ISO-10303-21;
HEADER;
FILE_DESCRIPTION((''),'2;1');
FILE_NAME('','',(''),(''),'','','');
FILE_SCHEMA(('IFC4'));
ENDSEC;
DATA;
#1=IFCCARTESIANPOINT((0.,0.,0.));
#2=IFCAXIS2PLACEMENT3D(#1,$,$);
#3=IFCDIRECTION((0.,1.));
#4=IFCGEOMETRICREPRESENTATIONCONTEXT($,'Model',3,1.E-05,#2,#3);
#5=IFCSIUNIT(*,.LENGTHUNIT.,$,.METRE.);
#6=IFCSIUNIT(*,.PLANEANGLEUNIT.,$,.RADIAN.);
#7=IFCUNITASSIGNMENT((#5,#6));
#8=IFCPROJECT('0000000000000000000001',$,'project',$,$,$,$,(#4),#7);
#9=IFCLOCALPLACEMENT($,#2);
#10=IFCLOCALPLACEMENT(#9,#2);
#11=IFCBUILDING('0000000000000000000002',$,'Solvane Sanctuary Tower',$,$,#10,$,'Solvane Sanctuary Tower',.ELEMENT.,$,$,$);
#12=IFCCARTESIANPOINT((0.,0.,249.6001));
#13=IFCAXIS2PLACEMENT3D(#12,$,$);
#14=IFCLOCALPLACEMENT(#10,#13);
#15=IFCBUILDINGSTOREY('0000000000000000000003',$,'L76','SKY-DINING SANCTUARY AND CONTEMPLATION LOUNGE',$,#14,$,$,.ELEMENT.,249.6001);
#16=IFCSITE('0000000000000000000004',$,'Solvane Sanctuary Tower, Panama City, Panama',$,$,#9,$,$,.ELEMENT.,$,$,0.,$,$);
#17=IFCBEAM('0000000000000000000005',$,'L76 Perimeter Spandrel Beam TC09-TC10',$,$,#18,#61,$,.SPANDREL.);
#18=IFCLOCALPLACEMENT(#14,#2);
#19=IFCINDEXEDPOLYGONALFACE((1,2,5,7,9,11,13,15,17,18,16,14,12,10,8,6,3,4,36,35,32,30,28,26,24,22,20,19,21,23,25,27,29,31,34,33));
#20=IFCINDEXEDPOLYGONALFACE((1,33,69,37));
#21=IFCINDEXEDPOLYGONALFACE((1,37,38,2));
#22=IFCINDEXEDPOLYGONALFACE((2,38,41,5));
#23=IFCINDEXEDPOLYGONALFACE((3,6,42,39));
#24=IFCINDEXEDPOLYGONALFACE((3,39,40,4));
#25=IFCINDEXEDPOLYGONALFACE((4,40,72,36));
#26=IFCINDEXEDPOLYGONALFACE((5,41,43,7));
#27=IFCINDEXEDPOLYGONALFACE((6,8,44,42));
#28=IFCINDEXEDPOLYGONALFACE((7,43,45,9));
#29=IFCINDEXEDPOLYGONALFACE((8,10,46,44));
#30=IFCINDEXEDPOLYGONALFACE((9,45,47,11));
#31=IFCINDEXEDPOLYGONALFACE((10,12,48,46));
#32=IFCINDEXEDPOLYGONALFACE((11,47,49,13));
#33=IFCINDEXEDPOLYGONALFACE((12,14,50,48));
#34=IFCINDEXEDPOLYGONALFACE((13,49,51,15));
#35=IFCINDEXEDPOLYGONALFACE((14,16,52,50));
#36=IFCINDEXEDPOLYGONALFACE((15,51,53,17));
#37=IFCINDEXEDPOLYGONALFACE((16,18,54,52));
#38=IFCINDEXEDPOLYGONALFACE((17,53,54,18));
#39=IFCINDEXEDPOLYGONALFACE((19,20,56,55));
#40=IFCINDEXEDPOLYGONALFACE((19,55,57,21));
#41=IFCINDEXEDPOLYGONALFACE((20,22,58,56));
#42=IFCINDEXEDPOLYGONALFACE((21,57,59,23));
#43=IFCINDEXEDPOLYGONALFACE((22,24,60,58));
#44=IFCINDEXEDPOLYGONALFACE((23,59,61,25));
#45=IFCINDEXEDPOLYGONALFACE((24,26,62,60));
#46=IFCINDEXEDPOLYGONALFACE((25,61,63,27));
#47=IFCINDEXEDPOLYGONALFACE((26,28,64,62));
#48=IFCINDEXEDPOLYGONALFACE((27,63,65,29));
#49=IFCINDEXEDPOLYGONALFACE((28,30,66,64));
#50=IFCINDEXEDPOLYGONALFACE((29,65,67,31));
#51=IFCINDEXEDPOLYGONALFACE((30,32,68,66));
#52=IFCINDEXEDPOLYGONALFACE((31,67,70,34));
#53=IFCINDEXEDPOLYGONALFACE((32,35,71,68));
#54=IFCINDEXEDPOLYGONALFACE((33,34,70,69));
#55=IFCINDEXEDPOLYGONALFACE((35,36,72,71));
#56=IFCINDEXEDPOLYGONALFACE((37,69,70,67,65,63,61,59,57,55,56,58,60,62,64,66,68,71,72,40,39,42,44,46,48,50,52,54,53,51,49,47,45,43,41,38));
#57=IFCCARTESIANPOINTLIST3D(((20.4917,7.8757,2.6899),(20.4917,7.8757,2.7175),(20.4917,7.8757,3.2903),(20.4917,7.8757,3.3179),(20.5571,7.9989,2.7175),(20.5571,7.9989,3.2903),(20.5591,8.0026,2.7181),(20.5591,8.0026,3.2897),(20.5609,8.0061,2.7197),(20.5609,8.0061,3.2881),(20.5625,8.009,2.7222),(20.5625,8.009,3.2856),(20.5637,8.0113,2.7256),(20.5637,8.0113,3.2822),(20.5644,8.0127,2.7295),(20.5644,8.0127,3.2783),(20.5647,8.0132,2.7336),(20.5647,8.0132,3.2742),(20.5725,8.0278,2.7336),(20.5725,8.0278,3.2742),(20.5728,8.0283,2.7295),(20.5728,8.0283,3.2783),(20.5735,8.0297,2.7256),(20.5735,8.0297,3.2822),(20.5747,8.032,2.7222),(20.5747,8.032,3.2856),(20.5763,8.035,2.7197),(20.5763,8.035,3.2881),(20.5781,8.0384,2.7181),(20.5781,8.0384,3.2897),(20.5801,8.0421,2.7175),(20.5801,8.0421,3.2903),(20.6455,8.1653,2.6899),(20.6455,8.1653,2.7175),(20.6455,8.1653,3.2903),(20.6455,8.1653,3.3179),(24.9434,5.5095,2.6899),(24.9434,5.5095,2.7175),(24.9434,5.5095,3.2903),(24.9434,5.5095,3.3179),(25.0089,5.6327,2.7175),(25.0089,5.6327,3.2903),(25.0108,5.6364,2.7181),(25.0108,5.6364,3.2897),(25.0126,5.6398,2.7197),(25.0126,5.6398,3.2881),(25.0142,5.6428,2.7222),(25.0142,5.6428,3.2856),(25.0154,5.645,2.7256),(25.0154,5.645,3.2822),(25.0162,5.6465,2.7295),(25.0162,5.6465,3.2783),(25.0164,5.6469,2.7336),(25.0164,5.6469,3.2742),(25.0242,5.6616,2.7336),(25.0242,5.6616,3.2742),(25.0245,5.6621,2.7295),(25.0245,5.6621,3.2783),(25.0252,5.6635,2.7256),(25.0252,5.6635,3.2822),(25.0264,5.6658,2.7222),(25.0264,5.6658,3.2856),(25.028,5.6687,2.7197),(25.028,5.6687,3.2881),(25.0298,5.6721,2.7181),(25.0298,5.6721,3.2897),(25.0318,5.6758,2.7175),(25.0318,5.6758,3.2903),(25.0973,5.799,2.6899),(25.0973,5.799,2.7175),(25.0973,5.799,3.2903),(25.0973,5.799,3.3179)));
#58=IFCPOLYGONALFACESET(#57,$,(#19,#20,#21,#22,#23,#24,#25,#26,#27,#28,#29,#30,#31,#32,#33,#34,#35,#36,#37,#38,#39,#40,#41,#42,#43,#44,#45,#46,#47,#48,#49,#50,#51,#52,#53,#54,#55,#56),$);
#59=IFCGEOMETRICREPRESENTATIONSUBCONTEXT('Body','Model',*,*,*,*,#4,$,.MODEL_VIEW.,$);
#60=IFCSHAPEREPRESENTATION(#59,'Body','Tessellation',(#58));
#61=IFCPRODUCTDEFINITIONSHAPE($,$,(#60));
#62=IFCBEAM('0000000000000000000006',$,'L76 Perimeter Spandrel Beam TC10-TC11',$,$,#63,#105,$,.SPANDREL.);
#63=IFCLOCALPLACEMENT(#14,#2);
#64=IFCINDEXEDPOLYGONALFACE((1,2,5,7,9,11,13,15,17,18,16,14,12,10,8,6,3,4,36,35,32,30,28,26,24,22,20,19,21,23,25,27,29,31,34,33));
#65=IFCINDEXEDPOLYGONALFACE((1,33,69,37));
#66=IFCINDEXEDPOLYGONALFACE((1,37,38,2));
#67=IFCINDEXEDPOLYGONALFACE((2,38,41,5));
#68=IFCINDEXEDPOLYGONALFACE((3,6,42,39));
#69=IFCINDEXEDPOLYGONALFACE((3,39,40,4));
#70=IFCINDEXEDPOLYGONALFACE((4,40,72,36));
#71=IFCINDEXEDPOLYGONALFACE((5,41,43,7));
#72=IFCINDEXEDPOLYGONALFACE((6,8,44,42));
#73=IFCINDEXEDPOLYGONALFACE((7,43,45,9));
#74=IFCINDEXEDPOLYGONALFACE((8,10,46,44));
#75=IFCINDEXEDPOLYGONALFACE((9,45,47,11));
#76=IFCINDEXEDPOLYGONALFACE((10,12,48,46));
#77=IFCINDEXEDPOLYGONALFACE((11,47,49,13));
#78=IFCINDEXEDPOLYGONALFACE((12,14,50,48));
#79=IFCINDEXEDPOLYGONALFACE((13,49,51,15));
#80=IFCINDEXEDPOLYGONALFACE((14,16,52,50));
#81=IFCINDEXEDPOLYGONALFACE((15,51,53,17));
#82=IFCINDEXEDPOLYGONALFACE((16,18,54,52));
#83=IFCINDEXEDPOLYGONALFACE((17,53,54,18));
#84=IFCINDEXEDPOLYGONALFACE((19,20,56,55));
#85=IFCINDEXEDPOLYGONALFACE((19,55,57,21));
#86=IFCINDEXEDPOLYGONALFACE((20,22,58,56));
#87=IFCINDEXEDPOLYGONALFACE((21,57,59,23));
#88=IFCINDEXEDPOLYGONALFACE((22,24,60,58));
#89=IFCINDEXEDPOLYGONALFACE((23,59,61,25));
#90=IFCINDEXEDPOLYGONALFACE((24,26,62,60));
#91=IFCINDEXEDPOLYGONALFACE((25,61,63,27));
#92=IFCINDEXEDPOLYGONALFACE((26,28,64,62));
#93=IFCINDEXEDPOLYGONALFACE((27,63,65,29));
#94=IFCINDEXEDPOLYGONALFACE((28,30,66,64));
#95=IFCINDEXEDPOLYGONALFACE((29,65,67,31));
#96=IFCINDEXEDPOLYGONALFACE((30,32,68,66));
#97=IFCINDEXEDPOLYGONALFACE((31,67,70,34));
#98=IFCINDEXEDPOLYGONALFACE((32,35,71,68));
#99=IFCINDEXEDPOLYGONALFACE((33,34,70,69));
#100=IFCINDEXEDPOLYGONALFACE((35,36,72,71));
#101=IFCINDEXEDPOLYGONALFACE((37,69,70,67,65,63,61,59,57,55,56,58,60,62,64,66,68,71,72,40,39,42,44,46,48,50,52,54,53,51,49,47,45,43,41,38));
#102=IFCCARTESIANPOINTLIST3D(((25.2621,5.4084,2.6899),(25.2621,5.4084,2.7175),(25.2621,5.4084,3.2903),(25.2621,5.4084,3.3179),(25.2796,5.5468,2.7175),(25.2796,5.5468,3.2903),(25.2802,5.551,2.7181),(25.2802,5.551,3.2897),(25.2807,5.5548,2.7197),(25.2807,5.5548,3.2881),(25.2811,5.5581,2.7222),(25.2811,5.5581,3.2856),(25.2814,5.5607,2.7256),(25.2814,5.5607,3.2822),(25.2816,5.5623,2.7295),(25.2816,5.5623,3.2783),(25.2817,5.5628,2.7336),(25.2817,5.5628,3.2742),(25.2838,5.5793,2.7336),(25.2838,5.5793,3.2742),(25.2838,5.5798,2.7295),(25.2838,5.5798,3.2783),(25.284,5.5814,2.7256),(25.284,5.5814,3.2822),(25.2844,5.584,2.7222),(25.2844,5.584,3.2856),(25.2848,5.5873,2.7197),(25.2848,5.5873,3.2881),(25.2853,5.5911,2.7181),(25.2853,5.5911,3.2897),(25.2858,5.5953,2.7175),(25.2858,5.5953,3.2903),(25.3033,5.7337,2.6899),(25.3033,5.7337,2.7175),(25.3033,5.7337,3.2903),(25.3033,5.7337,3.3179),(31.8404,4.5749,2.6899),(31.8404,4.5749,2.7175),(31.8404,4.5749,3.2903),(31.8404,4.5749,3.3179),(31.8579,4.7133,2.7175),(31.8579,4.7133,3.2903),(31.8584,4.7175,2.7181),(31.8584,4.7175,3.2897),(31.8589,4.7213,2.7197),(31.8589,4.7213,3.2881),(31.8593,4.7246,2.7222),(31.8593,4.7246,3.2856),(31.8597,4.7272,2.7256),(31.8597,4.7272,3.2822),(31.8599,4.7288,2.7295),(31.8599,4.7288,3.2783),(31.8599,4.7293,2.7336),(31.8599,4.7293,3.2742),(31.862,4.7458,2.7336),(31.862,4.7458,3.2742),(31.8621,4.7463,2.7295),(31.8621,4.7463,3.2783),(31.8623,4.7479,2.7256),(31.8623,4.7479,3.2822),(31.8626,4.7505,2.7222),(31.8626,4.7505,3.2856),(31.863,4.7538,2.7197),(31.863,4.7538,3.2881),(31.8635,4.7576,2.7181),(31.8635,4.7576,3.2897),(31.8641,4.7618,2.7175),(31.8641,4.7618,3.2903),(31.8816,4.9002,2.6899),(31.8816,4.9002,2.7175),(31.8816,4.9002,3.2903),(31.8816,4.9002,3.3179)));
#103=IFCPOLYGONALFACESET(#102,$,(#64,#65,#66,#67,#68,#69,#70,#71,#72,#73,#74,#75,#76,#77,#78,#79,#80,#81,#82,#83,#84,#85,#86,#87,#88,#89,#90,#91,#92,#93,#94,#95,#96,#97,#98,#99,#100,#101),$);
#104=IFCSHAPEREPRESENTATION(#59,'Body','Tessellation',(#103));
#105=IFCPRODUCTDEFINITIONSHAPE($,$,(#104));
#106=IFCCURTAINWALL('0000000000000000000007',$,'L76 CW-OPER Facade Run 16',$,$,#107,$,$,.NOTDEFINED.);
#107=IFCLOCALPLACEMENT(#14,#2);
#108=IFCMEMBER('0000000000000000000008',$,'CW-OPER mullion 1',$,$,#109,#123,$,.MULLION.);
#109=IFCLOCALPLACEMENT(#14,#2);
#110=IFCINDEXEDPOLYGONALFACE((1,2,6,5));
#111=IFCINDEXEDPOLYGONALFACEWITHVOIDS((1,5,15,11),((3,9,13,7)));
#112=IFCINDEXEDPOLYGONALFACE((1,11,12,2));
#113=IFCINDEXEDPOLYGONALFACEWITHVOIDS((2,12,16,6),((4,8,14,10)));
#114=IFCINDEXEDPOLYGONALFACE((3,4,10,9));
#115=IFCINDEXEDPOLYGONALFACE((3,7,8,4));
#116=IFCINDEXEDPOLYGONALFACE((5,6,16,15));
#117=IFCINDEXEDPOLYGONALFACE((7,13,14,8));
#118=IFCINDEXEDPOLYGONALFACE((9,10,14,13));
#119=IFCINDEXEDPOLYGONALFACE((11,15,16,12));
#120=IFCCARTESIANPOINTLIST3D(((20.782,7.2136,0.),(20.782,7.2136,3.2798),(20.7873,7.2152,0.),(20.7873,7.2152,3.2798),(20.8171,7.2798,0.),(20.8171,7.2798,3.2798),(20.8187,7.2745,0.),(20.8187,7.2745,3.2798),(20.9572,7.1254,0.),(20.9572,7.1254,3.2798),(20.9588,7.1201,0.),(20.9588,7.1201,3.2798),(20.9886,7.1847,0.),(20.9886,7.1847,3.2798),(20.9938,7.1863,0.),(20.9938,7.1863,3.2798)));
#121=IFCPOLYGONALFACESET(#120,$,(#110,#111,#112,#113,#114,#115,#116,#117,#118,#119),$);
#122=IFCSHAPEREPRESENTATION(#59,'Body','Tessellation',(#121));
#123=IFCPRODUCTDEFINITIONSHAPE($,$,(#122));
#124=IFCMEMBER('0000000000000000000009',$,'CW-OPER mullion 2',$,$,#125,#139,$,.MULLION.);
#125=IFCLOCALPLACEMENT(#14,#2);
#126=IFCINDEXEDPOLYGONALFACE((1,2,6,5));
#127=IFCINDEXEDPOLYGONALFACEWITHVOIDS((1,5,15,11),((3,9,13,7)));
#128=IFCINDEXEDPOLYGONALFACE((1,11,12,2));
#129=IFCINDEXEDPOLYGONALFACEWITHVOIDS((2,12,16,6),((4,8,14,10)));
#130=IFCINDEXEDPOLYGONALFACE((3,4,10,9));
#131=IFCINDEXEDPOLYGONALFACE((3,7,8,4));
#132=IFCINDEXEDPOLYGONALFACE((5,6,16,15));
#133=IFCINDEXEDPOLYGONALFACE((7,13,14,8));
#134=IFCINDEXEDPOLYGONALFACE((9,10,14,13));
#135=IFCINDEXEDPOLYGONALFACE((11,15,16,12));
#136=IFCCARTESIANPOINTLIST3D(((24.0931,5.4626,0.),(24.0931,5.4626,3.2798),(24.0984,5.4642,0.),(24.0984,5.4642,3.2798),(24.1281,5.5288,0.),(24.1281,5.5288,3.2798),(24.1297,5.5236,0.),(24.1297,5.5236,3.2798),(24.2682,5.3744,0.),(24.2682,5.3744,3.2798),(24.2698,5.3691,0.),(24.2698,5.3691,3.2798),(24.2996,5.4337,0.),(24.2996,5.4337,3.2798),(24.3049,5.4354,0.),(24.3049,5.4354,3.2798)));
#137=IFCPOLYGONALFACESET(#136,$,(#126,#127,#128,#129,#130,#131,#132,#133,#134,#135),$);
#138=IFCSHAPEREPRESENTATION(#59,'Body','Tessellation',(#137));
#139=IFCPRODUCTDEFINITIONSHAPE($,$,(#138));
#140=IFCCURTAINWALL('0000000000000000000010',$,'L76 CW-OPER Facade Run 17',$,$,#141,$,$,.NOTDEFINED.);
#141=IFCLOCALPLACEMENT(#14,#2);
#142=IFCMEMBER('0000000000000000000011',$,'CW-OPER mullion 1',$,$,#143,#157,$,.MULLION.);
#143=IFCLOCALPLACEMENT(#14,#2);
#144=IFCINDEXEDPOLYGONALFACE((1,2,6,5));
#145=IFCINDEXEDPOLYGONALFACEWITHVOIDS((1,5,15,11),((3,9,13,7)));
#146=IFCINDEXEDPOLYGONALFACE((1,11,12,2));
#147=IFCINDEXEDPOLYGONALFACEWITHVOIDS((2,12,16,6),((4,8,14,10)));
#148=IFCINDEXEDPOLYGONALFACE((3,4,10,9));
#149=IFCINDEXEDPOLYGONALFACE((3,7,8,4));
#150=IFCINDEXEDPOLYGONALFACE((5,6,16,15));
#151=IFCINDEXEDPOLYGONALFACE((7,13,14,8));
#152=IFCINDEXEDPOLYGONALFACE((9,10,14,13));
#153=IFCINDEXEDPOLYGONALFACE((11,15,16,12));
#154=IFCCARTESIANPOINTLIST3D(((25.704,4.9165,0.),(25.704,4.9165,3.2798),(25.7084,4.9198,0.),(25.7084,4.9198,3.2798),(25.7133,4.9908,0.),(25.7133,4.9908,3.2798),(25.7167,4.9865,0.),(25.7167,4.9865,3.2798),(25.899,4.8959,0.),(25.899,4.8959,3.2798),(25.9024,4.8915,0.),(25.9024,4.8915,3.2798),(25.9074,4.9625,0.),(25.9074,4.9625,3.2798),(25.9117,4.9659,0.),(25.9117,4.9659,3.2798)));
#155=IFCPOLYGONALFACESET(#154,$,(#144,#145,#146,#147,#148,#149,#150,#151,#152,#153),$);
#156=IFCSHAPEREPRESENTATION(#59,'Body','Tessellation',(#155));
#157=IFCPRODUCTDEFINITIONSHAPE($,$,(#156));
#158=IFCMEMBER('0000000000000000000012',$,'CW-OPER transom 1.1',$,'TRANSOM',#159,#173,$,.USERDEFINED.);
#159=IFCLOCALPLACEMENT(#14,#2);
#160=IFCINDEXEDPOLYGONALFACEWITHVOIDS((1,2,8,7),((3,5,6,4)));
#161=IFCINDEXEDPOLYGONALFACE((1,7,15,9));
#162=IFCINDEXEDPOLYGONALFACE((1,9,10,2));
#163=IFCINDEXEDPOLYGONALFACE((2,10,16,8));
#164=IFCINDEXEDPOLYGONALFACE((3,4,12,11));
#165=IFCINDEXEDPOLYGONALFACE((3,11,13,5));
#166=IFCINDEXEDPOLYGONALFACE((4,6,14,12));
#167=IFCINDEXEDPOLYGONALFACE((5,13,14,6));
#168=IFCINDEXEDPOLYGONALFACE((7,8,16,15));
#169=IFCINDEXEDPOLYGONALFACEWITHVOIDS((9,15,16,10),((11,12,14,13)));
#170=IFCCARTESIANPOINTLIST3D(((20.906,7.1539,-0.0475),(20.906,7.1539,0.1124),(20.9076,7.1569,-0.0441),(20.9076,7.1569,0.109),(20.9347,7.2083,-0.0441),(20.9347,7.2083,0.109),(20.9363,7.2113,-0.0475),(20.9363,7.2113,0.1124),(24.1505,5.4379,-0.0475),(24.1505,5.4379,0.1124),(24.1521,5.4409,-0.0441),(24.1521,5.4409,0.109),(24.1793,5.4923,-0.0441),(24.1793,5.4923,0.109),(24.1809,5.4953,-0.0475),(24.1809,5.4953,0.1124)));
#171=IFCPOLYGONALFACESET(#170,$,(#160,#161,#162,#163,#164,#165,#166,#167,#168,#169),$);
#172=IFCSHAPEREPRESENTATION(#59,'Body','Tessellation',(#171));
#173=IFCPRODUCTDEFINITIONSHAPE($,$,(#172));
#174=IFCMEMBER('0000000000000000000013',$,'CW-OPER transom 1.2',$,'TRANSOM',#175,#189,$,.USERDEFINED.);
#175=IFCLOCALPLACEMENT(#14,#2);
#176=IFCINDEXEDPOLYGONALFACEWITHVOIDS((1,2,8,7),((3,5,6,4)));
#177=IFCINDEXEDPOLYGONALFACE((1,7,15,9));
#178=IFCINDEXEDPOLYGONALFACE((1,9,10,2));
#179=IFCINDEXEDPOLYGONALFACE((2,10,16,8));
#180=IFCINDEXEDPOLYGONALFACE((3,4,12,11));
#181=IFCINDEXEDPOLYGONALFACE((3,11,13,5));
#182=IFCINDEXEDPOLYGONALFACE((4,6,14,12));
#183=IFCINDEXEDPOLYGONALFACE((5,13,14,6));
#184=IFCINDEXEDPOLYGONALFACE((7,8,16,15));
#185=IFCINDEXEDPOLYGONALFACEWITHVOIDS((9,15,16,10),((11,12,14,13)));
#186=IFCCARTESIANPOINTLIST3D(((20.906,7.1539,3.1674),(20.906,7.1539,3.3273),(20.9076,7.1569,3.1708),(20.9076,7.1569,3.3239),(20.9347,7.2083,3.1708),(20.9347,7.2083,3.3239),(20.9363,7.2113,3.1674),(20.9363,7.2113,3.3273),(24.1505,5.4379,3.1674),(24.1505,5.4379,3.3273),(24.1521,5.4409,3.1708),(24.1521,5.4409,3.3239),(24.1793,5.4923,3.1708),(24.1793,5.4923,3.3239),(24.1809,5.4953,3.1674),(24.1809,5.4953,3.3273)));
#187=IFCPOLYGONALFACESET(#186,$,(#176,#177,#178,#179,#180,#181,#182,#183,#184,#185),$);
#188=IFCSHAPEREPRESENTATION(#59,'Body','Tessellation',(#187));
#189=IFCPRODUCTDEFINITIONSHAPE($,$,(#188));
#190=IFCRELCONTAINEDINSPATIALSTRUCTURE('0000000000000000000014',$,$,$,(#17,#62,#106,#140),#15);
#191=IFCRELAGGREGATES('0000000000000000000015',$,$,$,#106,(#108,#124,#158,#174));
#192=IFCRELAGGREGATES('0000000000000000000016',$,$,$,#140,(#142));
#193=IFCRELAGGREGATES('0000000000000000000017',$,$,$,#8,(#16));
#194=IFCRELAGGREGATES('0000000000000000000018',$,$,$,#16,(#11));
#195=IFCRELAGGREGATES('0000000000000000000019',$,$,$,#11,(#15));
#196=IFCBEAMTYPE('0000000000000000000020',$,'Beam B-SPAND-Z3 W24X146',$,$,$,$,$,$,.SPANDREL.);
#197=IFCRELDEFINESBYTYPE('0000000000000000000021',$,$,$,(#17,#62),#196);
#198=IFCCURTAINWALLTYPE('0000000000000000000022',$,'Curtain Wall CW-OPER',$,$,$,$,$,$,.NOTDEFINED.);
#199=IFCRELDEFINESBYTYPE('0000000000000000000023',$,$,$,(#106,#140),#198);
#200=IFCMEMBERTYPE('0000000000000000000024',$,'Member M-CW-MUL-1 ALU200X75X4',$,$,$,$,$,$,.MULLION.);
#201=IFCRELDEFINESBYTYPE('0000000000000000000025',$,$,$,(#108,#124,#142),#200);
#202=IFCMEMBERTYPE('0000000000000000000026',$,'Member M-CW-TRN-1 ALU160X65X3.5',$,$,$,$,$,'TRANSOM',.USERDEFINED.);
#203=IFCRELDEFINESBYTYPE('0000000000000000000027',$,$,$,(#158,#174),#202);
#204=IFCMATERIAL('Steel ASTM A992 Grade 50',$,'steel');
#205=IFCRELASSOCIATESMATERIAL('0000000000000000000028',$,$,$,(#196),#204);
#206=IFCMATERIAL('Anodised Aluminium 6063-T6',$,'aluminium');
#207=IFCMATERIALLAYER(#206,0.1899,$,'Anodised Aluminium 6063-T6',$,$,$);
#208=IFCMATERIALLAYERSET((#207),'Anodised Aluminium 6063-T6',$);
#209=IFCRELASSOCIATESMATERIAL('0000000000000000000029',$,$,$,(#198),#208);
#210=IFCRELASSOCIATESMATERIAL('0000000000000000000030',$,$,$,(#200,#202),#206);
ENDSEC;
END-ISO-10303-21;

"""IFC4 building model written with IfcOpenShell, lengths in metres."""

from ifc_helpers import new_model, si_unit, direction, frame, origin, origin_2d, place, context, subcontext, project, spatial, hollow_rectangle, i_section, extrude, material, layer, layer_set, material_profile, profile_set, type_object, element, aggregate, save


model = new_model("IFC4")

# Units and contexts
model_context = context("Model", 3, precision=1e-05, world=origin(), true_north=direction((0.0, 1.0)))
body_context = subcontext(model_context, "Body", "Model", "MODEL_VIEW")
ifc_project = project(units=[si_unit("LENGTHUNIT", "METRE"), si_unit("PLANEANGLEUNIT", "RADIAN")], contexts=[model_context])

# Site, building, storey
site_placement = place(None, origin())
site = spatial("IfcSite", under=ifc_project, at=site_placement, Name="Solvane Sanctuary Tower, Panama City, Panama", CompositionType="ELEMENT", RefElevation=0.0)
building_placement = place(site_placement, origin())
building = spatial("IfcBuilding", under=site, at=building_placement, Name="Solvane Sanctuary Tower", LongName="Solvane Sanctuary Tower", CompositionType="ELEMENT")
storey_placement = place(building_placement, frame((0.0, 0.0, 249.6001)))
storey = spatial("IfcBuildingStorey", under=building, at=storey_placement, Name="L76", Description="SKY-DINING SANCTUARY AND CONTEMPLATION LOUNGE", CompositionType="ELEMENT", Elevation=249.6001)

# Beams
ifc_material_1 = material(Name="Steel ASTM A992 Grade 50", Category="steel")
ifc_material_profile_1 = material_profile(ifc_material_1, i_section(OverallWidth=0.3279, OverallDepth=0.6279, WebThickness=0.0166, FlangeThickness=0.0276, FilletRadius=0.0161, at=origin_2d()), Name="W24X146")
ifc_profile_set_1 = profile_set([ifc_material_profile_1], Name="Steel ASTM A992 Grade 50")
beam_type_1 = type_object("IfcBeamType", Name="Beam B-SPAND-Z3 W24X146", PredefinedType="SPANDREL", material=ifc_profile_set_1)
beam_1_placement = place(storey_placement, frame((20.5686, 8.0205, 3.0039), z_axis=(0.883012, -0.469351, 0.0), x_axis=(0.469351, 0.883012, 0.0)))
element("IfcBeam", 1, at=beam_1_placement, inside=storey, type_object=beam_type_1, Name="L76 Perimeter Spandrel Beam TC09-TC10", PredefinedType="SPANDREL", context=body_context, shape_type="SweptSolid", body=[
    extrude(i_section(OverallWidth=0.3279, OverallDepth=0.6279, WebThickness=0.0166, FlangeThickness=0.0276, FilletRadius=0.0161, at=origin_2d()), origin(), (0.0, 0.0, 1.0), 5.0415),
])
beam_2_placement = place(storey_placement, frame((25.2827, 5.571, 3.0039), z_axis=(0.992069, -0.125698, 0.0), x_axis=(0.125698, 0.992069, 0.0)))
element("IfcBeam", 2, at=beam_2_placement, inside=storey, type_object=beam_type_1, Name="L76 Perimeter Spandrel Beam TC10-TC11", PredefinedType="SPANDREL", context=body_context, shape_type="SweptSolid", body=[
    extrude(i_section(OverallWidth=0.3279, OverallDepth=0.6279, WebThickness=0.0166, FlangeThickness=0.0276, FilletRadius=0.0161, at=origin_2d()), origin(), (0.0, 0.0, 1.0), 6.6309),
])

# Curtain wall, members
ifc_material_2 = material(Name="Anodised Aluminium 6063-T6", Category="aluminium")
ifc_layer_1 = layer(ifc_material_2, 0.1899, Name="Anodised Aluminium 6063-T6")
ifc_layer_set_1 = layer_set([ifc_layer_1], Name="Anodised Aluminium 6063-T6")
curtain_wall_type = type_object("IfcCurtainWallType", Name="Curtain Wall CW-OPER", PredefinedType="NOTDEFINED", material=ifc_layer_set_1)
curtain_wall_1_placement = place(storey_placement, origin())
curtain_wall_1 = element("IfcCurtainWall", 3, at=curtain_wall_1_placement, inside=storey, type_object=curtain_wall_type, Name="L76 CW-OPER Facade Run 16", PredefinedType="NOTDEFINED")
ifc_material_profile_2 = material_profile(ifc_material_2, hollow_rectangle(XDim=0.075, YDim=0.2, WallThickness=0.0039, at=origin_2d()), Name="ALU200X75X4")
ifc_profile_set_2 = profile_set([ifc_material_profile_2], Name="Anodised Aluminium 6063-T6")
member_type_1 = type_object("IfcMemberType", Name="Member M-CW-MUL-1 ALU200X75X4", PredefinedType="MULLION", material=ifc_profile_set_2)
member_1_placement = place(storey_placement, frame((20.8879, 7.2, 0.0), z_axis=(0.0, 0.0, 1.0), x_axis=(0.467523, 0.883981, 0.0)))
member_1 = element("IfcMember", 4, at=member_1_placement, type_object=member_type_1, Name="CW-OPER mullion 1", PredefinedType="MULLION", context=body_context, shape_type="SweptSolid", body=[
    extrude(hollow_rectangle(XDim=0.075, YDim=0.2, WallThickness=0.0039, at=origin_2d()), origin(), (0.0, 0.0, 1.0), 3.2798),
])
member_2_placement = place(storey_placement, frame((24.199, 5.449, 0.0), z_axis=(0.0, 0.0, 1.0), x_axis=(0.467523, 0.883981, 0.0)))
member_2 = element("IfcMember", 5, at=member_2_placement, type_object=member_type_1, Name="CW-OPER mullion 2", PredefinedType="MULLION", context=body_context, shape_type="SweptSolid", body=[
    extrude(hollow_rectangle(XDim=0.075, YDim=0.2, WallThickness=0.0039, at=origin_2d()), origin(), (0.0, 0.0, 1.0), 3.2798),
])

# Curtain wall, member
curtain_wall_2_placement = place(storey_placement, origin())
curtain_wall_2 = element("IfcCurtainWall", 6, at=curtain_wall_2_placement, inside=storey, type_object=curtain_wall_type, Name="L76 CW-OPER Facade Run 17", PredefinedType="NOTDEFINED")
member_3_placement = place(storey_placement, frame((25.8079, 4.9412, 0.0), z_axis=(0.0, 0.0, 1.0), x_axis=(0.124815, 0.99218, 0.0)))
member_3 = element("IfcMember", 7, at=member_3_placement, type_object=member_type_1, Name="CW-OPER mullion 1", PredefinedType="MULLION", context=body_context, shape_type="SweptSolid", body=[
    extrude(hollow_rectangle(XDim=0.075, YDim=0.2, WallThickness=0.0039, at=origin_2d()), origin(), (0.0, 0.0, 1.0), 3.2798),
])

# Members
ifc_material_profile_3 = material_profile(ifc_material_2, hollow_rectangle(XDim=0.0649, YDim=0.1599, WallThickness=0.0034, at=origin_2d()), Name="ALU160X65X3.5")
ifc_profile_set_3 = profile_set([ifc_material_profile_3], Name="Anodised Aluminium 6063-T6")
member_type_2 = type_object("IfcMemberType", Name="Member M-CW-TRN-1 ALU160X65X3.5", ElementType="TRANSOM", PredefinedType="USERDEFINED", material=ifc_profile_set_3)
member_4_placement = place(storey_placement, frame((20.9211, 7.1826, 0.0325), z_axis=(0.883977, -0.46753, 0.0), x_axis=(0.46753, 0.883977, 0.0)))
member_4 = element("IfcMember", 8, at=member_4_placement, type_object=member_type_2, Name="CW-OPER transom 1.1", ObjectType="TRANSOM", PredefinedType="USERDEFINED", context=body_context, shape_type="SweptSolid", body=[
    extrude(hollow_rectangle(XDim=0.0649, YDim=0.1599, WallThickness=0.0034, at=origin_2d()), origin(), (0.0, 0.0, 1.0), 3.6704),
])
member_5_placement = place(storey_placement, frame((20.9211, 7.1826, 3.2473), z_axis=(0.883977, -0.46753, 0.0), x_axis=(0.46753, 0.883977, 0.0)))
member_5 = element("IfcMember", 9, at=member_5_placement, type_object=member_type_2, Name="CW-OPER transom 1.2", ObjectType="TRANSOM", PredefinedType="USERDEFINED", context=body_context, shape_type="SweptSolid", body=[
    extrude(hollow_rectangle(XDim=0.0649, YDim=0.1599, WallThickness=0.0034, at=origin_2d()), origin(), (0.0, 0.0, 1.0), 3.6704),
])

aggregate(curtain_wall_1, [member_1, member_2, member_4, member_5])
aggregate(curtain_wall_2, [member_3])

save(model, "model.ifc")
